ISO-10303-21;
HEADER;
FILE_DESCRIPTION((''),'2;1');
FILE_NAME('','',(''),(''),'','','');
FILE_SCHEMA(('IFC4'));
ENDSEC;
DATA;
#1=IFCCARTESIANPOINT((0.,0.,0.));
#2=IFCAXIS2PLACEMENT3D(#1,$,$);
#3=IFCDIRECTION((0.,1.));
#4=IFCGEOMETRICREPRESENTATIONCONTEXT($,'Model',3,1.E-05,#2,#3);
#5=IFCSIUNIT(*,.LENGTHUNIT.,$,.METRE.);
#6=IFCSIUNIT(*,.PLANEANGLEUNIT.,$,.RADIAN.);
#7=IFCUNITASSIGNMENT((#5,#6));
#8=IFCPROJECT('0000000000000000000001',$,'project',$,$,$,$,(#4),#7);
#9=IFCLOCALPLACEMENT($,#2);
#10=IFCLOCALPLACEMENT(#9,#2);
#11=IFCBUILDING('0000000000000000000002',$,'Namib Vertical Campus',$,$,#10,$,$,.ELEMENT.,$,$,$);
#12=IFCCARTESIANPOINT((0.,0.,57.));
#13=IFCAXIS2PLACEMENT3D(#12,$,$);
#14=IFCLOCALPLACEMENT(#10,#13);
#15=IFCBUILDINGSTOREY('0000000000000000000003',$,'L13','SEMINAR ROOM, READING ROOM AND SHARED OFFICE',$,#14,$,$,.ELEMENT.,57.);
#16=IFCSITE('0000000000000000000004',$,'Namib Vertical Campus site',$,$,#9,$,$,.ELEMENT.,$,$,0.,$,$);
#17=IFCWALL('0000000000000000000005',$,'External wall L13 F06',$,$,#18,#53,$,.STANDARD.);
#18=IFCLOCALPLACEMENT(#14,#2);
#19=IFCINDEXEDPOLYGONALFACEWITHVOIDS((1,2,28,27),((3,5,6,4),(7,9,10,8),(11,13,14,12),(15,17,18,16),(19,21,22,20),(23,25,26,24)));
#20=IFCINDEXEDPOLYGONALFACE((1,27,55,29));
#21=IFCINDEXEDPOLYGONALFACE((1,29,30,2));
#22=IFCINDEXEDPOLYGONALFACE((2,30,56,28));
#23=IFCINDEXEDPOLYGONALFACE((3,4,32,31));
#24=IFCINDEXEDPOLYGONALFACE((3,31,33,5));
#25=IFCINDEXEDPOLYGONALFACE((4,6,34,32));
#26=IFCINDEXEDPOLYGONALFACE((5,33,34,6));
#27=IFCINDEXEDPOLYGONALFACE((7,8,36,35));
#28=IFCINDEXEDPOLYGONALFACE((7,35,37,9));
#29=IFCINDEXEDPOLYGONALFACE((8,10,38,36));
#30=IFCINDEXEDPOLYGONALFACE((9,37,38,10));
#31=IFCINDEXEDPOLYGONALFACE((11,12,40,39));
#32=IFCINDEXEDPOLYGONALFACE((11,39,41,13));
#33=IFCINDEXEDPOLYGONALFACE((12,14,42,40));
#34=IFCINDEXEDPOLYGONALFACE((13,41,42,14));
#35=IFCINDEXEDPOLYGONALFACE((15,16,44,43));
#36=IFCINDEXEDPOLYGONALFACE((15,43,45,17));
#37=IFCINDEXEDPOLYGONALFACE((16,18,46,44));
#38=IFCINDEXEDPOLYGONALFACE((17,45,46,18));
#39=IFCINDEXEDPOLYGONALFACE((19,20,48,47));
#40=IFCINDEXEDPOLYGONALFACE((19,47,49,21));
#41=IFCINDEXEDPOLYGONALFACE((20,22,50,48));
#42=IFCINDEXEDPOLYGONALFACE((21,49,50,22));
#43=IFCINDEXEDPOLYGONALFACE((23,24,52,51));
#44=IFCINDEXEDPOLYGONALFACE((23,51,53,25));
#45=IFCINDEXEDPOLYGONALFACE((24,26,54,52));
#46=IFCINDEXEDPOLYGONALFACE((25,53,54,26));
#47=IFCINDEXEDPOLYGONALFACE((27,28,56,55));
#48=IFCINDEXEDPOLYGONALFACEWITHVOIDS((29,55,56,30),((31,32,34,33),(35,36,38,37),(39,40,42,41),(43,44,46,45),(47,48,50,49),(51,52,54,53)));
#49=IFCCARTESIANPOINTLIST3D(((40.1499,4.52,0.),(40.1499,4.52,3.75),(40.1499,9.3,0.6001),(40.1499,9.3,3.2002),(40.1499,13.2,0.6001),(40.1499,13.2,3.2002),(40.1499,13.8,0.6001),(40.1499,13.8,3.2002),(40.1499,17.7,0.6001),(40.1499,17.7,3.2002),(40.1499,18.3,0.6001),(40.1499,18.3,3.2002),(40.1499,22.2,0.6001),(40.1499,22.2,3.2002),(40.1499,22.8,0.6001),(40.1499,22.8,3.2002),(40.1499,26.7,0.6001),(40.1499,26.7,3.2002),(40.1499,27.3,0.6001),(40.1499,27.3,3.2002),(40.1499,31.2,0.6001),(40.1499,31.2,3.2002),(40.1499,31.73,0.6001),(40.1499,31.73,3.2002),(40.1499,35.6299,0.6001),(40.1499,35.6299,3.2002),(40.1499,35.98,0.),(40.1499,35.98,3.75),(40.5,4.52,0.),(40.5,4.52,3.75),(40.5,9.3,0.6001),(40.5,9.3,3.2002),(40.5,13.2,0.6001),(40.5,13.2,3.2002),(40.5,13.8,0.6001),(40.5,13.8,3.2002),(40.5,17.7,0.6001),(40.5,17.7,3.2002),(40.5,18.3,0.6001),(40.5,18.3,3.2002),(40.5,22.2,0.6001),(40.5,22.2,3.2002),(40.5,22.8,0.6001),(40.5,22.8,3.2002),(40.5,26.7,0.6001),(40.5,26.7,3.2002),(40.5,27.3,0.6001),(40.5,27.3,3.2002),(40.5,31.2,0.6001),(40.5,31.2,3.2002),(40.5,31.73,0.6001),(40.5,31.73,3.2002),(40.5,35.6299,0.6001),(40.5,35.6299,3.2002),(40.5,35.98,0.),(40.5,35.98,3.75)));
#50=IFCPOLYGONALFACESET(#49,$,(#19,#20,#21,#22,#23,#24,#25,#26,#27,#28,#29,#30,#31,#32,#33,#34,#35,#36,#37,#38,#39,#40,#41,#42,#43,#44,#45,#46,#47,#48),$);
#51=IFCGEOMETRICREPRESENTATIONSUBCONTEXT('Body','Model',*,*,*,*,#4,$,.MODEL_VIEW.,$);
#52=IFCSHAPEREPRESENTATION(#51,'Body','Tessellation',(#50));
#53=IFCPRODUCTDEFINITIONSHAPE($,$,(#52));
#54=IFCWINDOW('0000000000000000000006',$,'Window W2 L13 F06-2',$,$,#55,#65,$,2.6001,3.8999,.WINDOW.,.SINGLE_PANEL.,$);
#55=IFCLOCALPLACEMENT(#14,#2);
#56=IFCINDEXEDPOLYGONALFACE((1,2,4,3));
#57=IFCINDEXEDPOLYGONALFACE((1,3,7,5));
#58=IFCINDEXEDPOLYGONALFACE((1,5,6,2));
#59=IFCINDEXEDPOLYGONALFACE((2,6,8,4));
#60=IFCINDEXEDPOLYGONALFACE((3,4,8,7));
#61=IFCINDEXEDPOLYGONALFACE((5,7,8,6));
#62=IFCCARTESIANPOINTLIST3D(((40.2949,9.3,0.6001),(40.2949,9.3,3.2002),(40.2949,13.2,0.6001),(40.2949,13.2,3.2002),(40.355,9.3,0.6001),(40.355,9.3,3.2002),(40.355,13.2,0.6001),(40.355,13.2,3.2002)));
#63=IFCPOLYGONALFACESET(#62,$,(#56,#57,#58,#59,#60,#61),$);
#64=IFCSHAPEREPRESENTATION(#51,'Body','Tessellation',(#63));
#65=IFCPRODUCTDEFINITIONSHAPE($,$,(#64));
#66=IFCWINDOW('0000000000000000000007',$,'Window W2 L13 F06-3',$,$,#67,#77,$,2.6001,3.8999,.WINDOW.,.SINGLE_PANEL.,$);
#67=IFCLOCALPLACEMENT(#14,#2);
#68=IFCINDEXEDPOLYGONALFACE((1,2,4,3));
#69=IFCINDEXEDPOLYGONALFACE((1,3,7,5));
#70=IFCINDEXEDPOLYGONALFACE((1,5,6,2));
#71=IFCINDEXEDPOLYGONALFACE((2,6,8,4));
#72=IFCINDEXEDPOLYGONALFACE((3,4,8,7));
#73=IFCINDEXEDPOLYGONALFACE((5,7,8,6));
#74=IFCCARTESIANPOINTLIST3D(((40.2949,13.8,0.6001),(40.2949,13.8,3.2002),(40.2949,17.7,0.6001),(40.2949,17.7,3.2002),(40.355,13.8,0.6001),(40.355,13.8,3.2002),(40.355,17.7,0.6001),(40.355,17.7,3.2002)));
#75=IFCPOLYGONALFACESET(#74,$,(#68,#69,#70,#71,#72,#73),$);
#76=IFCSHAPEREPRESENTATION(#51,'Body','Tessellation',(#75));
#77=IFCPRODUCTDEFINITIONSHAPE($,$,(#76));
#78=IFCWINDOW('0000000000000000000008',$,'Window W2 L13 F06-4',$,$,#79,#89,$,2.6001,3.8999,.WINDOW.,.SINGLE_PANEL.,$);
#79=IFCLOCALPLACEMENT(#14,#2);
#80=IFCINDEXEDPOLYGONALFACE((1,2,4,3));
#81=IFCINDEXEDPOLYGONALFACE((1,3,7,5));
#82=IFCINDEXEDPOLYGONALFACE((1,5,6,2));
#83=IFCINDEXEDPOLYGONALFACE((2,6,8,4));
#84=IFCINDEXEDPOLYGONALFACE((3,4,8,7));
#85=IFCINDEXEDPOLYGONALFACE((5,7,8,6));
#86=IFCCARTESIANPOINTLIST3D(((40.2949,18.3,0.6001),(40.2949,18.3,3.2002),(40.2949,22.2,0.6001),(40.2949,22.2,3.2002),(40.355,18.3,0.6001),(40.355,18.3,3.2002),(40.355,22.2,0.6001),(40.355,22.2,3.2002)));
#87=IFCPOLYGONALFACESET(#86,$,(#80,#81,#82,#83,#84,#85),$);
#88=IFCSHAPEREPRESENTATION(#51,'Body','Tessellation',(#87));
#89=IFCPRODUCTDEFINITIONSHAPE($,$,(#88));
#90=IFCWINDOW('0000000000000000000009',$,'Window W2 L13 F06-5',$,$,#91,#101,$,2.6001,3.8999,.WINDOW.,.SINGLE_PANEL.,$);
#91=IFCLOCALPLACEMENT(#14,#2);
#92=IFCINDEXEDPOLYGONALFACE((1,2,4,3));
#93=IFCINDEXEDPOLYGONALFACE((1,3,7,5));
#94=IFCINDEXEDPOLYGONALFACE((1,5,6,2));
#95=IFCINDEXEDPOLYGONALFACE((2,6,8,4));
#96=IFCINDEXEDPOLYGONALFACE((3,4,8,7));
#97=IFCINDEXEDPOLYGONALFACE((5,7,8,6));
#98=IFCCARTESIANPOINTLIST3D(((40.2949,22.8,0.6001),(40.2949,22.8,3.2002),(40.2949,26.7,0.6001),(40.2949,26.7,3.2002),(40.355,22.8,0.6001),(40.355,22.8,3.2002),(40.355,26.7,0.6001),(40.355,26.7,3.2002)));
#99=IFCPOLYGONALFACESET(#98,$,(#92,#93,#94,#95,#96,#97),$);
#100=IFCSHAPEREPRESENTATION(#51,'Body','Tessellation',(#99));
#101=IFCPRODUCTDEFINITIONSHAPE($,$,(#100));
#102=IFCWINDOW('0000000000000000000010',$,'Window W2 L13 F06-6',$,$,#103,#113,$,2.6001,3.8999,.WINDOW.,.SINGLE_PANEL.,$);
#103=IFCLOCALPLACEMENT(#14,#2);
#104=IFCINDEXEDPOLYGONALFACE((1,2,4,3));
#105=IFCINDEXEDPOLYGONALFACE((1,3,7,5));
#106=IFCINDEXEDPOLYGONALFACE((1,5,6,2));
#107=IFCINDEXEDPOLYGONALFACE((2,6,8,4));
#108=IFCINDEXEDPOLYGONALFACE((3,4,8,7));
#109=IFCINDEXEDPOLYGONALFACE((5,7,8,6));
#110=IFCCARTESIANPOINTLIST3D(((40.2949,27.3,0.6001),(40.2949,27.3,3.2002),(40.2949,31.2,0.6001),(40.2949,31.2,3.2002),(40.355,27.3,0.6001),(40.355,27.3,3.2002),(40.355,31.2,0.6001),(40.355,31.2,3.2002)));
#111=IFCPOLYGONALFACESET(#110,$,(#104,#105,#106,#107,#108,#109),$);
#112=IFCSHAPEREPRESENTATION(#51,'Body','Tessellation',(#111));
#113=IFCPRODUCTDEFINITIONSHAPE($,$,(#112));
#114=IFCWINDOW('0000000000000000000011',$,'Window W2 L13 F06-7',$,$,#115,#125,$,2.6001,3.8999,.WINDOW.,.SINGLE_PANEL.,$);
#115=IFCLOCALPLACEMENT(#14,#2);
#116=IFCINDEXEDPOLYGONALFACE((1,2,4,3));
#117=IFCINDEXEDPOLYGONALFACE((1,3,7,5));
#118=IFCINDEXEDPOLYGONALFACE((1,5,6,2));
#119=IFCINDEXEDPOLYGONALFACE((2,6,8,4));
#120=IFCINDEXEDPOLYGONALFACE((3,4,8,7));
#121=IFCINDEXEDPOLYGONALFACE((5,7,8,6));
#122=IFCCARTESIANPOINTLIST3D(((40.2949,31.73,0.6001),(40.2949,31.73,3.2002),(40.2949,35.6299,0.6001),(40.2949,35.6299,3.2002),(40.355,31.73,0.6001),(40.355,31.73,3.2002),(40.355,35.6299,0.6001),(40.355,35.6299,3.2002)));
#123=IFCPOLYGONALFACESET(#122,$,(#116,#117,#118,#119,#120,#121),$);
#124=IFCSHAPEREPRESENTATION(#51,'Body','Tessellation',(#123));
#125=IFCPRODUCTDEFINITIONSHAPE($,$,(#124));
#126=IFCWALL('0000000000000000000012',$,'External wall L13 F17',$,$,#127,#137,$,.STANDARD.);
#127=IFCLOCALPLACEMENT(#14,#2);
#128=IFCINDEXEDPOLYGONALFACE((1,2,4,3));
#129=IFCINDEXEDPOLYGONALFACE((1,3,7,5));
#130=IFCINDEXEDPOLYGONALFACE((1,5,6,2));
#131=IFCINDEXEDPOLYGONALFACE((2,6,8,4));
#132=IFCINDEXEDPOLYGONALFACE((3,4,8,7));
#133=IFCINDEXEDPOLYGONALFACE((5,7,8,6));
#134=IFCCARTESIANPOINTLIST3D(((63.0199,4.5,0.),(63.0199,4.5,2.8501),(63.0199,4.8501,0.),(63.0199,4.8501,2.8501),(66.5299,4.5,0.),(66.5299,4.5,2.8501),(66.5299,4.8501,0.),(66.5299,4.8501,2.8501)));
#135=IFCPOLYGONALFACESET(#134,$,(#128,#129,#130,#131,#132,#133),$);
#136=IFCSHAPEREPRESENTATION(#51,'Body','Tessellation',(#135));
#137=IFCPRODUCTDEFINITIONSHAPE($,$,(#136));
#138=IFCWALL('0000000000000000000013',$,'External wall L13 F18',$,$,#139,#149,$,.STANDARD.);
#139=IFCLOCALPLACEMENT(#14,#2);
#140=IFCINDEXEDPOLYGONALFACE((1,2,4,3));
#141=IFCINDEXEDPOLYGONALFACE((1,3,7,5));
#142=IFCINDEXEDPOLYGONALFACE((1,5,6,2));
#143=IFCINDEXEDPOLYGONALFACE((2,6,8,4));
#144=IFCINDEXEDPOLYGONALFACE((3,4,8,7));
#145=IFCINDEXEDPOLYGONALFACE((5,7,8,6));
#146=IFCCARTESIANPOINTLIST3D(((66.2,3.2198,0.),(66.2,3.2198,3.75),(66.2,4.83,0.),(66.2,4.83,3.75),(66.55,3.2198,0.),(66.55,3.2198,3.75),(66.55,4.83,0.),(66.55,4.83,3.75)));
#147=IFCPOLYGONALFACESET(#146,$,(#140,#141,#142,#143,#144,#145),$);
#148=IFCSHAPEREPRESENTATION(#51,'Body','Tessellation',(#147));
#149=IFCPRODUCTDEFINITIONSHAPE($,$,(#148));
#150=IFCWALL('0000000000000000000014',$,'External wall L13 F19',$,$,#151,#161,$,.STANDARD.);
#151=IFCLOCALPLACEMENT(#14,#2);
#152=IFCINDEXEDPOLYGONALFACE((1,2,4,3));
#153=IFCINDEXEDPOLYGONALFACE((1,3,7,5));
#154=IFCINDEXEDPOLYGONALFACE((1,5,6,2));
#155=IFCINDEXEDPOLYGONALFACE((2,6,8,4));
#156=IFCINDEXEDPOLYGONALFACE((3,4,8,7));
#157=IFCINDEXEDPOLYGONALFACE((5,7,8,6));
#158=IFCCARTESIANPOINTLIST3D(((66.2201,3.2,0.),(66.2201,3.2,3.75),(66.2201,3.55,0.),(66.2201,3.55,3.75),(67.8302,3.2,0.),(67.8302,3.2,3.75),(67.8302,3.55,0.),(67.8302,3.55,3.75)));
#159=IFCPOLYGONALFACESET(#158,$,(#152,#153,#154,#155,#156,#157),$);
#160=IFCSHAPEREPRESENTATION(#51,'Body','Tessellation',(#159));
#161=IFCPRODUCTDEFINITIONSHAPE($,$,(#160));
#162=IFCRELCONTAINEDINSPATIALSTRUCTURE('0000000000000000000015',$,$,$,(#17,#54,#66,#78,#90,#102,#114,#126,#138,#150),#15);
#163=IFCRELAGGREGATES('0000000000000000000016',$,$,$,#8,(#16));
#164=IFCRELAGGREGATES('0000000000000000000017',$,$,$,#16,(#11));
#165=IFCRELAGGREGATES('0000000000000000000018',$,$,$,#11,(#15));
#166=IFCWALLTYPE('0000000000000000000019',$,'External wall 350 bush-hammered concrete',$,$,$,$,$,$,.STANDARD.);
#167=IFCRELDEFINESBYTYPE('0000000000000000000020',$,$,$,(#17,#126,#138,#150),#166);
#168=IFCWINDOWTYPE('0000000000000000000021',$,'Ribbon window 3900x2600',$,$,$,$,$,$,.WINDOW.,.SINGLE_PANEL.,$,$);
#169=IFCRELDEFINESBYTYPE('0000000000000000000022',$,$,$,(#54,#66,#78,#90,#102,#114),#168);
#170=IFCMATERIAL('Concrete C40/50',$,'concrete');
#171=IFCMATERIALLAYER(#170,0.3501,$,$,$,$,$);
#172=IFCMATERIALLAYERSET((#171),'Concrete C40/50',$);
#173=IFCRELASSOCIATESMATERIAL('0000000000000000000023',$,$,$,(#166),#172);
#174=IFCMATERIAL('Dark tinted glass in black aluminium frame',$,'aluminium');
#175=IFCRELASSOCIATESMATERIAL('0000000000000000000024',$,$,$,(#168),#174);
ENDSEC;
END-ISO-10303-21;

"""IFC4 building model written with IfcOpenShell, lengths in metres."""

from ifc_helpers import new_model, si_unit, direction, frame, frame_2d, origin, place, context, subcontext, project, spatial, rectangle, extrude, material, layer, layer_set, type_object, element, fill, save


model = new_model("IFC4")

# Units and contexts
model_context = context("Model", 3, precision=1e-05, world=origin(), true_north=direction((0.0, 1.0)))
body_context = subcontext(model_context, "Body", "Model", "MODEL_VIEW")
ifc_project = project(units=[si_unit("LENGTHUNIT", "METRE"), si_unit("PLANEANGLEUNIT", "RADIAN")], contexts=[model_context])

# Site, building, storey
site_placement = place(None, origin())
site = spatial("IfcSite", under=ifc_project, at=site_placement, Name="Namib Vertical Campus site", CompositionType="ELEMENT", RefElevation=0.0)
building_placement = place(site_placement, origin())
building = spatial("IfcBuilding", under=site, at=building_placement, Name="Namib Vertical Campus", CompositionType="ELEMENT")
storey_placement = place(building_placement, frame((0.0, 0.0, 57.0)))
storey = spatial("IfcBuildingStorey", under=building, at=storey_placement, Name="L13", Description="SEMINAR ROOM, READING ROOM AND SHARED OFFICE", CompositionType="ELEMENT", Elevation=57.0)

# Shared definitions
ifc_material_1 = material(Name="Concrete C40/50", Category="concrete")
ifc_layer_1 = layer(ifc_material_1, 0.3501)
ifc_layer_set_1 = layer_set([ifc_layer_1], Name="Concrete C40/50")
wall_type_1 = type_object("IfcWallType", Name="External wall 350 bush-hammered concrete", PredefinedType="STANDARD", material=ifc_layer_set_1)

# Wall, openings, windows
wall_1_placement = place(storey_placement, frame((40.325, 4.52, 0.0), z_axis=(0.0, 0.0, 1.0), x_axis=(0.0, 1.0, 0.0)))
wall_1 = element("IfcWall", 1, at=wall_1_placement, inside=storey, type_object=wall_type_1, Name="External wall L13 F06", PredefinedType="STANDARD", context=body_context, shape_type="SweptSolid", body=[
    extrude(rectangle(XDim=31.46, YDim=0.3501, at=frame_2d((15.73, 0.0))), origin(), (0.0, 0.0, 1.0), 3.75),
])
opening_1_placement = place(wall_1_placement, frame((4.78, 0.0, 0.6001)))
opening_1 = element("IfcOpeningElement", 2, at=opening_1_placement, cuts=wall_1, PredefinedType="OPENING", context=body_context, shape_type="SweptSolid", body=[
    extrude(rectangle(XDim=3.8999, YDim=2.6001, at=frame_2d((1.95, 1.3))), frame((0.0, 0.1851, 0.0), z_axis=(0.0, -1.0, 0.0), x_axis=(1.0, 0.0, 0.0)), (0.0, 0.0, 1.0), 0.3701),
])
opening_2_placement = place(wall_1_placement, frame((9.28, 0.0, 0.6001)))
opening_2 = element("IfcOpeningElement", 3, at=opening_2_placement, cuts=wall_1, PredefinedType="OPENING", context=body_context, shape_type="SweptSolid", body=[
    extrude(rectangle(XDim=3.8999, YDim=2.6001, at=frame_2d((1.95, 1.3))), frame((0.0, 0.1851, 0.0), z_axis=(0.0, -1.0, 0.0), x_axis=(1.0, 0.0, 0.0)), (0.0, 0.0, 1.0), 0.3701),
])
opening_3_placement = place(wall_1_placement, frame((13.78, 0.0, 0.6001)))
opening_3 = element("IfcOpeningElement", 4, at=opening_3_placement, cuts=wall_1, PredefinedType="OPENING", context=body_context, shape_type="SweptSolid", body=[
    extrude(rectangle(XDim=3.8999, YDim=2.6001, at=frame_2d((1.95, 1.3))), frame((0.0, 0.1851, 0.0), z_axis=(0.0, -1.0, 0.0), x_axis=(1.0, 0.0, 0.0)), (0.0, 0.0, 1.0), 0.3701),
])
opening_4_placement = place(wall_1_placement, frame((18.28, 0.0, 0.6001)))
opening_4 = element("IfcOpeningElement", 5, at=opening_4_placement, cuts=wall_1, PredefinedType="OPENING", context=body_context, shape_type="SweptSolid", body=[
    extrude(rectangle(XDim=3.8999, YDim=2.6001, at=frame_2d((1.95, 1.3))), frame((0.0, 0.1851, 0.0), z_axis=(0.0, -1.0, 0.0), x_axis=(1.0, 0.0, 0.0)), (0.0, 0.0, 1.0), 0.3701),
])
opening_5_placement = place(wall_1_placement, frame((22.78, 0.0, 0.6001)))
opening_5 = element("IfcOpeningElement", 6, at=opening_5_placement, cuts=wall_1, PredefinedType="OPENING", context=body_context, shape_type="SweptSolid", body=[
    extrude(rectangle(XDim=3.8999, YDim=2.6001, at=frame_2d((1.95, 1.3))), frame((0.0, 0.1851, 0.0), z_axis=(0.0, -1.0, 0.0), x_axis=(1.0, 0.0, 0.0)), (0.0, 0.0, 1.0), 0.3701),
])
opening_6_placement = place(wall_1_placement, frame((27.21, 0.0, 0.6001)))
opening_6 = element("IfcOpeningElement", 7, at=opening_6_placement, cuts=wall_1, PredefinedType="OPENING", context=body_context, shape_type="SweptSolid", body=[
    extrude(rectangle(XDim=3.8999, YDim=2.6001, at=frame_2d((1.95, 1.3))), frame((0.0, 0.1851, 0.0), z_axis=(0.0, -1.0, 0.0), x_axis=(1.0, 0.0, 0.0)), (0.0, 0.0, 1.0), 0.3701),
])
ifc_material_2 = material(Name="Dark tinted glass in black aluminium frame", Category="aluminium")
window_type = type_object("IfcWindowType", Name="Ribbon window 3900x2600", PartitioningType="SINGLE_PANEL", PredefinedType="WINDOW", material=ifc_material_2)
window_1_placement = place(opening_1_placement, origin())
window_1 = element("IfcWindow", 8, at=window_1_placement, inside=storey, type_object=window_type, Name="Window W2 L13 F06-2", OverallHeight=2.6001, OverallWidth=3.8999, PartitioningType="SINGLE_PANEL", PredefinedType="WINDOW", context=body_context, shape_type="SweptSolid", body=[
    extrude(rectangle(XDim=3.8999, YDim=2.6001, at=frame_2d((1.95, 1.3))), frame((0.0, 0.03, 0.0), z_axis=(0.0, -1.0, 0.0), x_axis=(1.0, 0.0, 0.0)), (0.0, 0.0, 1.0), 0.0601),
])
fill(opening_1, window_1)
window_2_placement = place(opening_2_placement, origin())
window_2 = element("IfcWindow", 9, at=window_2_placement, inside=storey, type_object=window_type, Name="Window W2 L13 F06-3", OverallHeight=2.6001, OverallWidth=3.8999, PartitioningType="SINGLE_PANEL", PredefinedType="WINDOW", context=body_context, shape_type="SweptSolid", body=[
    extrude(rectangle(XDim=3.8999, YDim=2.6001, at=frame_2d((1.95, 1.3))), frame((0.0, 0.03, 0.0), z_axis=(0.0, -1.0, 0.0), x_axis=(1.0, 0.0, 0.0)), (0.0, 0.0, 1.0), 0.0601),
])
fill(opening_2, window_2)
window_3_placement = place(opening_3_placement, origin())
window_3 = element("IfcWindow", 10, at=window_3_placement, inside=storey, type_object=window_type, Name="Window W2 L13 F06-4", OverallHeight=2.6001, OverallWidth=3.8999, PartitioningType="SINGLE_PANEL", PredefinedType="WINDOW", context=body_context, shape_type="SweptSolid", body=[
    extrude(rectangle(XDim=3.8999, YDim=2.6001, at=frame_2d((1.95, 1.3))), frame((0.0, 0.03, 0.0), z_axis=(0.0, -1.0, 0.0), x_axis=(1.0, 0.0, 0.0)), (0.0, 0.0, 1.0), 0.0601),
])
fill(opening_3, window_3)
window_4_placement = place(opening_4_placement, origin())
window_4 = element("IfcWindow", 11, at=window_4_placement, inside=storey, type_object=window_type, Name="Window W2 L13 F06-5", OverallHeight=2.6001, OverallWidth=3.8999, PartitioningType="SINGLE_PANEL", PredefinedType="WINDOW", context=body_context, shape_type="SweptSolid", body=[
    extrude(rectangle(XDim=3.8999, YDim=2.6001, at=frame_2d((1.95, 1.3))), frame((0.0, 0.03, 0.0), z_axis=(0.0, -1.0, 0.0), x_axis=(1.0, 0.0, 0.0)), (0.0, 0.0, 1.0), 0.0601),
])
fill(opening_4, window_4)
window_5_placement = place(opening_5_placement, origin())
window_5 = element("IfcWindow", 12, at=window_5_placement, inside=storey, type_object=window_type, Name="Window W2 L13 F06-6", OverallHeight=2.6001, OverallWidth=3.8999, PartitioningType="SINGLE_PANEL", PredefinedType="WINDOW", context=body_context, shape_type="SweptSolid", body=[
    extrude(rectangle(XDim=3.8999, YDim=2.6001, at=frame_2d((1.95, 1.3))), frame((0.0, 0.03, 0.0), z_axis=(0.0, -1.0, 0.0), x_axis=(1.0, 0.0, 0.0)), (0.0, 0.0, 1.0), 0.0601),
])
fill(opening_5, window_5)
window_6_placement = place(opening_6_placement, origin())
window_6 = element("IfcWindow", 13, at=window_6_placement, inside=storey, type_object=window_type, Name="Window W2 L13 F06-7", OverallHeight=2.6001, OverallWidth=3.8999, PartitioningType="SINGLE_PANEL", PredefinedType="WINDOW", context=body_context, shape_type="SweptSolid", body=[
    extrude(rectangle(XDim=3.8999, YDim=2.6001, at=frame_2d((1.95, 1.3))), frame((0.0, 0.03, 0.0), z_axis=(0.0, -1.0, 0.0), x_axis=(1.0, 0.0, 0.0)), (0.0, 0.0, 1.0), 0.0601),
])
fill(opening_6, window_6)

# Walls
wall_2_placement = place(storey_placement, frame((63.02, 4.675, 0.0), z_axis=(0.0, 0.0, 1.0), x_axis=(1.0, 0.0, 0.0)))
element("IfcWall", 14, at=wall_2_placement, inside=storey, type_object=wall_type_1, Name="External wall L13 F17", PredefinedType="STANDARD", context=body_context, shape_type="SweptSolid", body=[
    extrude(rectangle(XDim=3.51, YDim=0.3501, at=frame_2d((1.7549, 0.0))), origin(), (0.0, 0.0, 1.0), 2.8501),
])
for number, where, z_axis, x_axis, name in (
    (15, (66.375, 4.8301, 0.0), (0.0, 0.0, 1.0), (0.0, -1.0, 0.0), "External wall L13 F18"),
    (16, (66.22, 3.375, 0.0), (0.0, 0.0, 1.0), (1.0, 0.0, 0.0), "External wall L13 F19"),
):
    element("IfcWall", number, at=place(storey_placement, frame(where, z_axis=z_axis, x_axis=x_axis)), inside=storey, type_object=wall_type_1, Name=name, PredefinedType="STANDARD", context=body_context, shape_type="SweptSolid", body=[
        extrude(rectangle(XDim=1.6101, YDim=0.3501, at=frame_2d((0.8052, 0.0))), origin(), (0.0, 0.0, 1.0), 3.75),
    ])

save(model, "model.ifc")
